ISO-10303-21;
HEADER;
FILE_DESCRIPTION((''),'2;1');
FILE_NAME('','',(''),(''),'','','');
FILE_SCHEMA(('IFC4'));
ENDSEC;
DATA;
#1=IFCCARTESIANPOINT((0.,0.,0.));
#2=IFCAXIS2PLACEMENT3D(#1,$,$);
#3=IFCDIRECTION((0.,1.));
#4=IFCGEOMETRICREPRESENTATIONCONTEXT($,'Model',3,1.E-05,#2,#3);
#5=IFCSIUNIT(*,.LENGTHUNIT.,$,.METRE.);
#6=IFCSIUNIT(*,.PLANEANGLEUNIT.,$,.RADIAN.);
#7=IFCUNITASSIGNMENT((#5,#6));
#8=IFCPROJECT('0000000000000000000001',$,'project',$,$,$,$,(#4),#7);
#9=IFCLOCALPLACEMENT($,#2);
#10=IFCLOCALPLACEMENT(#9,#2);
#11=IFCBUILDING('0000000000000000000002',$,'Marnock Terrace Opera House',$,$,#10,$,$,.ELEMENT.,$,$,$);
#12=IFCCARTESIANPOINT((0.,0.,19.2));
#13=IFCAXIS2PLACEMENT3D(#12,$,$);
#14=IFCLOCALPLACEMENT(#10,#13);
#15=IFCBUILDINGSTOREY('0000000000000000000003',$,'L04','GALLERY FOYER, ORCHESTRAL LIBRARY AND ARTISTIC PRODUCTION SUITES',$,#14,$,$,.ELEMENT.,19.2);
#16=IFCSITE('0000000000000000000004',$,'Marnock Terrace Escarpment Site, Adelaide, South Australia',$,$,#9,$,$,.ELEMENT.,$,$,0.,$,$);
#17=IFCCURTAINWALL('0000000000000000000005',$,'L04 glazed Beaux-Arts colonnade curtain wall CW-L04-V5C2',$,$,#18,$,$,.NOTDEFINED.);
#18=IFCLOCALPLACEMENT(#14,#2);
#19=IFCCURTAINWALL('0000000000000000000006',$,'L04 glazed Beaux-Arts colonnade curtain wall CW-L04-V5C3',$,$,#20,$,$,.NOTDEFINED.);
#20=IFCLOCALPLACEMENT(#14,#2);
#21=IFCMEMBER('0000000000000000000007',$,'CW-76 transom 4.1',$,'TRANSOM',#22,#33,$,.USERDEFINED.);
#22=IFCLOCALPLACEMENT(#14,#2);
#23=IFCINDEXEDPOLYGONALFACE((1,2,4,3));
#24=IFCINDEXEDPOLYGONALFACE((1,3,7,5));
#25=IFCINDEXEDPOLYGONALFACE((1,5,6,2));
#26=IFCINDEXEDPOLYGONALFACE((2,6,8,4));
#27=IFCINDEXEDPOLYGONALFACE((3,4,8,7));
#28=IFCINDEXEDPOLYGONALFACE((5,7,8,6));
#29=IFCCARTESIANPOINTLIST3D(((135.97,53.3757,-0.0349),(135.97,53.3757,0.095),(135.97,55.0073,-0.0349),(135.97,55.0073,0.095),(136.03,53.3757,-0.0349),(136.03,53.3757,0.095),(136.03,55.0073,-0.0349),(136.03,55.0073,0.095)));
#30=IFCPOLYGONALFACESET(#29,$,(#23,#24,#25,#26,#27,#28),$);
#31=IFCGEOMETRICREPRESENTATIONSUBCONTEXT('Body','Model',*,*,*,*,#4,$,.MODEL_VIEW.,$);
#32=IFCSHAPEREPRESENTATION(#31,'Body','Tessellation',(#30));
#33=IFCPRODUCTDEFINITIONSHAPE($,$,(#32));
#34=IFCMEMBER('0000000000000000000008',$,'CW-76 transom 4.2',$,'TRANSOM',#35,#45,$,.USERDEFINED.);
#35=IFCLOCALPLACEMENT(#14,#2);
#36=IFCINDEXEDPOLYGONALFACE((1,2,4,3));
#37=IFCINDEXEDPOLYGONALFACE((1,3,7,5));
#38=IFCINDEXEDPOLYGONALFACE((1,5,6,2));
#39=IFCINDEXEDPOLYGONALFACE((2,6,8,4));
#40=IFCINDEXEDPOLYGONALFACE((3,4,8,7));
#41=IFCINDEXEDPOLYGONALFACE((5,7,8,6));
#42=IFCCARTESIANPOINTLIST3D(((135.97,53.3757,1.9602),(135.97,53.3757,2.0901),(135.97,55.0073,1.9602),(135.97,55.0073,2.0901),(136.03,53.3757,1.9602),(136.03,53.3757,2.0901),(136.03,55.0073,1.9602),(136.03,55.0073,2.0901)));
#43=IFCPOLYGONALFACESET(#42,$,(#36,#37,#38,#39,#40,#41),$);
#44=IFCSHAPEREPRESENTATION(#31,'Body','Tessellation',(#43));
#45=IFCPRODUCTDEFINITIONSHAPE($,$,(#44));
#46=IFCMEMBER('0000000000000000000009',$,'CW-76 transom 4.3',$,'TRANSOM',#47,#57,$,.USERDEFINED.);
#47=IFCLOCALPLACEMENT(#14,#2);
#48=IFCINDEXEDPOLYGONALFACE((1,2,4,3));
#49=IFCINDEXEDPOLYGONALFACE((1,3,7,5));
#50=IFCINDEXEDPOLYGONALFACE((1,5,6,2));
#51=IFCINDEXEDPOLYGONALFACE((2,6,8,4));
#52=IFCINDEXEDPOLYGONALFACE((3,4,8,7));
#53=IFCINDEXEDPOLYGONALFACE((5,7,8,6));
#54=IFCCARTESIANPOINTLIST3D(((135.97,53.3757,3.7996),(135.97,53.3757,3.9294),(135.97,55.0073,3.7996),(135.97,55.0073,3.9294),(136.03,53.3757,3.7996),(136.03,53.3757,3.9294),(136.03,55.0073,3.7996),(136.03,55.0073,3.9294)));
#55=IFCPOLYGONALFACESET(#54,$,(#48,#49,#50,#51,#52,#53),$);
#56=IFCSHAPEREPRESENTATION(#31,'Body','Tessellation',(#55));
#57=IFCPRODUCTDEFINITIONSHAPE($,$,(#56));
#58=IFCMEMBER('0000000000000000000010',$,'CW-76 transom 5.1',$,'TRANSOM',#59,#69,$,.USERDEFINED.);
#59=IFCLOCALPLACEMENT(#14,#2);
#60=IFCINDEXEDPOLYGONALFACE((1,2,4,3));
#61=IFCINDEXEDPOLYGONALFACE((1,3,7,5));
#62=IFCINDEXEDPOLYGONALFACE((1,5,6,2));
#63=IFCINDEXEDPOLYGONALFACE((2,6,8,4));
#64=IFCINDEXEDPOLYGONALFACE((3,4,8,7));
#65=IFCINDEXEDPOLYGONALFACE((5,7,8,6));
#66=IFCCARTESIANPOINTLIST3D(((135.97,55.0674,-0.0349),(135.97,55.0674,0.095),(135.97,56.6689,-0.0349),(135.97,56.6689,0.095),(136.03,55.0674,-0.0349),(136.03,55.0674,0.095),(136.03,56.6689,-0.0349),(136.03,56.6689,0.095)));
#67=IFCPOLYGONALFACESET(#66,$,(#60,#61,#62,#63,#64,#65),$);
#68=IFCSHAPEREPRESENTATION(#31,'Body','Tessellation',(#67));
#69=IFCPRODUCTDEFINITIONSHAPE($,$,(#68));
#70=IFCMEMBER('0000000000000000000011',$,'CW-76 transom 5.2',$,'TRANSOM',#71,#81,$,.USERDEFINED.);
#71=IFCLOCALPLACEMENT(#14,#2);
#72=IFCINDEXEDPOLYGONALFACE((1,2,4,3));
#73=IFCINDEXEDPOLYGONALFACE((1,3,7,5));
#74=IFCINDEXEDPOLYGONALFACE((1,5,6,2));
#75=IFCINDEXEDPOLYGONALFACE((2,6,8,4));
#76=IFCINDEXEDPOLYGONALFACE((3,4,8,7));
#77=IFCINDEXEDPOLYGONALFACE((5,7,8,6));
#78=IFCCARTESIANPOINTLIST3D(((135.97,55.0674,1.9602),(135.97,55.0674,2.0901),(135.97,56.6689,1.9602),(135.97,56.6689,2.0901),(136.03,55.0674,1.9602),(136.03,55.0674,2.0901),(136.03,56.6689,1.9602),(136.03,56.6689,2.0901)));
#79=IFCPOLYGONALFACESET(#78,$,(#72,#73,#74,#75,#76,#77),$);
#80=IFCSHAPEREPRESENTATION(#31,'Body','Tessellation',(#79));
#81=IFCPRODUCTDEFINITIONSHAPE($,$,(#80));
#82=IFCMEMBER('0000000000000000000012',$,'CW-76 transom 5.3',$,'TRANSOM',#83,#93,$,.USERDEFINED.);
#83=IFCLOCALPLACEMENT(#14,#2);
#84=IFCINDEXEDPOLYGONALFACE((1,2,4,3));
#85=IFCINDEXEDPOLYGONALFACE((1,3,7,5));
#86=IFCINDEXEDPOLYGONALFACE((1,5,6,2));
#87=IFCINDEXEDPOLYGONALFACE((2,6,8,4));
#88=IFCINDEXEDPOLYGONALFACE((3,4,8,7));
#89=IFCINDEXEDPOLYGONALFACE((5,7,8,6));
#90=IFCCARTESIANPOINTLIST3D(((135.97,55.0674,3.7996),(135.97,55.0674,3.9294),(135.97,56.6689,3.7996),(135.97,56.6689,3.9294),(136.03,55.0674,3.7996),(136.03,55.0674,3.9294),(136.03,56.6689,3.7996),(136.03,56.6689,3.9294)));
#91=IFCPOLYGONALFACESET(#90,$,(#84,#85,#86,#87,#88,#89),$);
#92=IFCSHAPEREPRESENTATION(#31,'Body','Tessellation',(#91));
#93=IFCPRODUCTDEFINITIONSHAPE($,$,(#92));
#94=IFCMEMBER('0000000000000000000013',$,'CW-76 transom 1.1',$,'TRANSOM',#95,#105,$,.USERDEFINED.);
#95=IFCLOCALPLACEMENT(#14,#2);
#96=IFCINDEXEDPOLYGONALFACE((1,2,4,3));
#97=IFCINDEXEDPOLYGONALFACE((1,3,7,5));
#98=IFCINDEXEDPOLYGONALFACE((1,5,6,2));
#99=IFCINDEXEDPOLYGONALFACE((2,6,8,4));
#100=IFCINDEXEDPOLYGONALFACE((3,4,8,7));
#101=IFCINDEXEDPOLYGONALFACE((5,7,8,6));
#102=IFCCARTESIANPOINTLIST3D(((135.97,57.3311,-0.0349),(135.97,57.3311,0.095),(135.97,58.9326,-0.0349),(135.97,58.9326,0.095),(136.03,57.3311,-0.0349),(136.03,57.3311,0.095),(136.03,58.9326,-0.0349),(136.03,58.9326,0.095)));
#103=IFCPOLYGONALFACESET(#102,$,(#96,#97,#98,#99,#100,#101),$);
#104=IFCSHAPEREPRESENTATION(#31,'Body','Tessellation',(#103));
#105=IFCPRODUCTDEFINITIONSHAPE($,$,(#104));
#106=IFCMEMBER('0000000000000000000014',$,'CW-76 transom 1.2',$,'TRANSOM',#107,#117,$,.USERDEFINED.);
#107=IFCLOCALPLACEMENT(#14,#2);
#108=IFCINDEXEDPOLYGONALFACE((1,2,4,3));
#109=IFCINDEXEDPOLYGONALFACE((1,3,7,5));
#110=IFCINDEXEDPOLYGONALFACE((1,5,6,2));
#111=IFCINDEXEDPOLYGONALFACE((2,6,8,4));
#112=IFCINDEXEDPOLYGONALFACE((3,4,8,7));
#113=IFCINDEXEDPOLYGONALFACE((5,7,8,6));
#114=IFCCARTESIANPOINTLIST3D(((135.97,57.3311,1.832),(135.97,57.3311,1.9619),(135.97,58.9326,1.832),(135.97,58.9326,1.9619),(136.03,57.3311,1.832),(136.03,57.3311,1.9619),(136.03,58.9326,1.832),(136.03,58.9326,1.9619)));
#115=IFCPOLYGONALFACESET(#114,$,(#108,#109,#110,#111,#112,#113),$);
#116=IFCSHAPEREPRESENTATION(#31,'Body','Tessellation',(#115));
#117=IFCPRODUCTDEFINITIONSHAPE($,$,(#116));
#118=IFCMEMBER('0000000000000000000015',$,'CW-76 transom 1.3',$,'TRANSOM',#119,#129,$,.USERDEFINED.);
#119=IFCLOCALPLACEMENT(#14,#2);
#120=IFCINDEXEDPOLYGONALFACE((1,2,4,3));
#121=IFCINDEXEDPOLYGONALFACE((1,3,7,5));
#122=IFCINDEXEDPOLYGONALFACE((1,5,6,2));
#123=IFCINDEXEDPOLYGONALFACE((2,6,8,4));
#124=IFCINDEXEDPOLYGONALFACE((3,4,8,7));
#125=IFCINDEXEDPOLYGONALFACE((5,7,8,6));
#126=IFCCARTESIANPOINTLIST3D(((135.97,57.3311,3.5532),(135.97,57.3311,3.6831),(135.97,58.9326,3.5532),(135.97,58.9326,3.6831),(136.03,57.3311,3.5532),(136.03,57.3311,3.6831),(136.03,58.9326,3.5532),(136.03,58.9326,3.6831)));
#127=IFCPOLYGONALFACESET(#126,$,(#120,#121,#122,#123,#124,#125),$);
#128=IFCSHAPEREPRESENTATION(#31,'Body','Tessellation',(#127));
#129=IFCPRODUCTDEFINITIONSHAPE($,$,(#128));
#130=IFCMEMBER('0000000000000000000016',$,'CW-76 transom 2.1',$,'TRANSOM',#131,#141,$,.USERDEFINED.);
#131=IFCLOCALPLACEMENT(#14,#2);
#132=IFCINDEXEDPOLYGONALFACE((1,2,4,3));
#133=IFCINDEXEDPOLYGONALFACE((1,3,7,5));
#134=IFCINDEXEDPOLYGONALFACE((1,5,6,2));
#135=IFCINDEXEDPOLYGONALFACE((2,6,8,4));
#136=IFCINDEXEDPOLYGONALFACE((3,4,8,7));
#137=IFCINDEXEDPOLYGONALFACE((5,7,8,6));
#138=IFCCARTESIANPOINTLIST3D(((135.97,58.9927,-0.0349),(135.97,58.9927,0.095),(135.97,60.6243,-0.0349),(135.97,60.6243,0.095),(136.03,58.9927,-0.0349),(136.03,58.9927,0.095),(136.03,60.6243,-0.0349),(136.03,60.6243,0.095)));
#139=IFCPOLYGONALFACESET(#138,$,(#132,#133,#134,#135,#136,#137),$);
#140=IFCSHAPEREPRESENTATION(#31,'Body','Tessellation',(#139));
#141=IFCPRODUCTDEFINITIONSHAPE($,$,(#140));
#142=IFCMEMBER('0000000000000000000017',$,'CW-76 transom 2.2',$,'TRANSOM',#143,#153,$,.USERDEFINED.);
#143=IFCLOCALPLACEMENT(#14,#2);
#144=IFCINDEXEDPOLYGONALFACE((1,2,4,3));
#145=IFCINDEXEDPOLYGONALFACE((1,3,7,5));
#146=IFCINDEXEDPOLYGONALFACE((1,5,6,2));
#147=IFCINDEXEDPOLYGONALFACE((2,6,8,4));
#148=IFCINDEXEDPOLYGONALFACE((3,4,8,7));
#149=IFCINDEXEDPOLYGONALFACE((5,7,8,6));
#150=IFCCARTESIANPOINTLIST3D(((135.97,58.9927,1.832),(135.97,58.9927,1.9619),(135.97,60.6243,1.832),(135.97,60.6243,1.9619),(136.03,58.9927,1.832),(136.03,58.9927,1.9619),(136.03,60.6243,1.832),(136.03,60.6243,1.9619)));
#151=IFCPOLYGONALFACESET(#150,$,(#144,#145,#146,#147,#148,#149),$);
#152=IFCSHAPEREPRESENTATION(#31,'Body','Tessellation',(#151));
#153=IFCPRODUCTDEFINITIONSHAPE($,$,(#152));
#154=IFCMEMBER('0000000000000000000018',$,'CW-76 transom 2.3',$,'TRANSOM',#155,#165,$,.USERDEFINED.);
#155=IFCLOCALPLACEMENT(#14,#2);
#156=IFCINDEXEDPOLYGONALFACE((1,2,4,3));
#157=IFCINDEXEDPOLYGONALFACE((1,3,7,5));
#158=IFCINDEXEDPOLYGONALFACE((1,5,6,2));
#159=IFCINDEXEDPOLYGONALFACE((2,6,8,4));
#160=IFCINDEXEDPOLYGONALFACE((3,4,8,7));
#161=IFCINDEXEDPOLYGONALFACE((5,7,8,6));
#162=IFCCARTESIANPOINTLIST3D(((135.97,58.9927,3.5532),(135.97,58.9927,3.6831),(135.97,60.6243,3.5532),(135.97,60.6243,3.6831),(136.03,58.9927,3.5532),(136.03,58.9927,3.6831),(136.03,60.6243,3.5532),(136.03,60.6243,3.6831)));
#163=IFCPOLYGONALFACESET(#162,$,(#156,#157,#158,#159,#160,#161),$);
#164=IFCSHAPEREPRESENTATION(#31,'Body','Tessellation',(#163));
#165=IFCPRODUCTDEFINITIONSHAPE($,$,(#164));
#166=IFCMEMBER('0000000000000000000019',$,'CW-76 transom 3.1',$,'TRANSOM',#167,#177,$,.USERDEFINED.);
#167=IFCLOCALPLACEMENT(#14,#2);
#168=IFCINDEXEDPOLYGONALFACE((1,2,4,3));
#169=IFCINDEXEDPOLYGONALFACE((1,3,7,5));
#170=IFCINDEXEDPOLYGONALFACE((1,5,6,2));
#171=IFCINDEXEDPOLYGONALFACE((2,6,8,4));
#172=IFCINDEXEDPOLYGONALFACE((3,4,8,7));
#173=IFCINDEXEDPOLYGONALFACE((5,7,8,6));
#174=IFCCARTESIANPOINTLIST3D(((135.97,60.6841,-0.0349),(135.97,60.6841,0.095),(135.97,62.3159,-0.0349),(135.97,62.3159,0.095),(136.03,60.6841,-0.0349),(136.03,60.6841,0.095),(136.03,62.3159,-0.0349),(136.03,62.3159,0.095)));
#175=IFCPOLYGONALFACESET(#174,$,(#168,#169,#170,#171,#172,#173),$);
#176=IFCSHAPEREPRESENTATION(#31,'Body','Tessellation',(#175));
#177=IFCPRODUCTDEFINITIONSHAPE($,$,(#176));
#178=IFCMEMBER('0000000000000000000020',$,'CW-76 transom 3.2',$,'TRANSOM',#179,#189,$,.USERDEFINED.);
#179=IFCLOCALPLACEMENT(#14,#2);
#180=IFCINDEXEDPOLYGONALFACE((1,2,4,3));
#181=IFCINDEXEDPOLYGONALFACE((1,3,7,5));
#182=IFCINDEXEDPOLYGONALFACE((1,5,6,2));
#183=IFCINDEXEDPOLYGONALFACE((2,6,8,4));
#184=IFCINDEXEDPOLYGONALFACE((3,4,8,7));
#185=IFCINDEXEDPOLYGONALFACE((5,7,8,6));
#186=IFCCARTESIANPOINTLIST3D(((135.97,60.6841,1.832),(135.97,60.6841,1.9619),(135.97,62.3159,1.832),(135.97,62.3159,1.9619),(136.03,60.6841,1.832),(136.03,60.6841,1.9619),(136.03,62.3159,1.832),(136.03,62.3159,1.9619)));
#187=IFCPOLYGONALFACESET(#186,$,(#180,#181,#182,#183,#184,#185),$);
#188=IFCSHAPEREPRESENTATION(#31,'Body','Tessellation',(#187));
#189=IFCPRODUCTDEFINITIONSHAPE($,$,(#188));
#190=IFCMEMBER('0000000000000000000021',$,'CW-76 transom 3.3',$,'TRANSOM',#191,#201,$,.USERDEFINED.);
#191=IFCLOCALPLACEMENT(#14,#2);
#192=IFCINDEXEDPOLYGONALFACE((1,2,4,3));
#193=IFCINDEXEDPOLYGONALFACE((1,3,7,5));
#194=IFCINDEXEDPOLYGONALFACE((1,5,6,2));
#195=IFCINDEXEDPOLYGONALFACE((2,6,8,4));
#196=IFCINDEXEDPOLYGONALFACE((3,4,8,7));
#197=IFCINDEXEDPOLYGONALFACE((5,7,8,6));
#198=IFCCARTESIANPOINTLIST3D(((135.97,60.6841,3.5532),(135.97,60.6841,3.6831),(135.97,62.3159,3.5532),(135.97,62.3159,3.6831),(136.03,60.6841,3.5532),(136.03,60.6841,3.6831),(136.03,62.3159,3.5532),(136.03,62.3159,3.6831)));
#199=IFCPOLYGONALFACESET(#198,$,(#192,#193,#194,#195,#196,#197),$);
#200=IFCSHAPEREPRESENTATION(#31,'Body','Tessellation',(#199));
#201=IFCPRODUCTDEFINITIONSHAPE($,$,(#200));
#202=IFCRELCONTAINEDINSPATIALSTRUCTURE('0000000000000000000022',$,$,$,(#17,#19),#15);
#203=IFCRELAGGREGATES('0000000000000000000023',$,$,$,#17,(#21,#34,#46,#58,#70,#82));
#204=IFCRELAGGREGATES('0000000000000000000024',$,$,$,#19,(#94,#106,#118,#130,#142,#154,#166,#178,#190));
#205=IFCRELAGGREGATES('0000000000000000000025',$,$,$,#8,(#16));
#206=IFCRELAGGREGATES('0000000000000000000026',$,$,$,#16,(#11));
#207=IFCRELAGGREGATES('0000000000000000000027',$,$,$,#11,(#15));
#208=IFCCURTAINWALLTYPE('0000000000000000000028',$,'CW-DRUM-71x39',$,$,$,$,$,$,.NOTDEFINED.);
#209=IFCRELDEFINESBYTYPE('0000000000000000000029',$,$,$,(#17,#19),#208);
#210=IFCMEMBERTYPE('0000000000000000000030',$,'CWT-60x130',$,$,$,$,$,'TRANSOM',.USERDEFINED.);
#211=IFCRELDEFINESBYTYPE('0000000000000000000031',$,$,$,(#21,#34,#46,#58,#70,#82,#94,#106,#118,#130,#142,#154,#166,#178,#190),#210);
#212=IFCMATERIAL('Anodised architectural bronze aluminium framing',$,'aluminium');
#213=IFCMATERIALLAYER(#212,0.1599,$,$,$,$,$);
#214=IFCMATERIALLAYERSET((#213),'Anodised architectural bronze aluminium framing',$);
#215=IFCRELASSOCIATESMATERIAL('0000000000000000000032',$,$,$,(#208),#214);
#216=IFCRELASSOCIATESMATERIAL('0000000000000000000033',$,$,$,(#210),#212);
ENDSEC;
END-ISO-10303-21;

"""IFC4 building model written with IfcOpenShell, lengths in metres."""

from ifc_helpers import new_model, si_unit, direction, frame, origin, origin_2d, place, context, subcontext, project, spatial, rectangle, extrude, material, layer, layer_set, material_profile, profile_set, type_object, element, aggregate, save


model = new_model("IFC4")

# Units and contexts
model_context = context("Model", 3, precision=1e-05, world=origin(), true_north=direction((0.0, 1.0)))
body_context = subcontext(model_context, "Body", "Model", "MODEL_VIEW")
ifc_project = project(units=[si_unit("LENGTHUNIT", "METRE"), si_unit("PLANEANGLEUNIT", "RADIAN")], contexts=[model_context])

# Site, building, storey
site_placement = place(None, origin())
site = spatial("IfcSite", under=ifc_project, at=site_placement, Name="Marnock Terrace Escarpment Site, Adelaide, South Australia", CompositionType="ELEMENT", RefElevation=0.0)
building_placement = place(site_placement, origin())
building = spatial("IfcBuilding", under=site, at=building_placement, Name="Marnock Terrace Opera House", CompositionType="ELEMENT")
storey_placement = place(building_placement, frame((0.0, 0.0, 19.2)))
storey = spatial("IfcBuildingStorey", under=building, at=storey_placement, Name="L04", Description="GALLERY FOYER, ORCHESTRAL LIBRARY AND ARTISTIC PRODUCTION SUITES", CompositionType="ELEMENT", Elevation=19.2)

# Curtain walls
ifc_material_1 = material(Name="Anodised architectural bronze aluminium framing", Category="aluminium")
ifc_layer_1 = layer(ifc_material_1, 0.1599)
ifc_layer_set_1 = layer_set([ifc_layer_1], Name="Anodised architectural bronze aluminium framing")
curtain_wall_type = type_object("IfcCurtainWallType", Name="CW-DRUM-71x39", PredefinedType="NOTDEFINED", material=ifc_layer_set_1)
curtain_wall_1_placement = place(storey_placement, origin())
curtain_wall_1 = element("IfcCurtainWall", 1, at=curtain_wall_1_placement, inside=storey, type_object=curtain_wall_type, Name="L04 glazed Beaux-Arts colonnade curtain wall CW-L04-V5C2", PredefinedType="NOTDEFINED")
curtain_wall_2_placement = place(storey_placement, origin())
curtain_wall_2 = element("IfcCurtainWall", 2, at=curtain_wall_2_placement, inside=storey, type_object=curtain_wall_type, Name="L04 glazed Beaux-Arts colonnade curtain wall CW-L04-V5C3", PredefinedType="NOTDEFINED")

# Members
ifc_material_profile_1 = material_profile(ifc_material_1, rectangle(XDim=0.0601, YDim=0.1299, at=origin_2d()))
ifc_profile_set_1 = profile_set([ifc_material_profile_1], Name="Anodised architectural bronze aluminium framing")
member_type_1 = type_object("IfcMemberType", Name="CWT-60x130", ElementType="TRANSOM", PredefinedType="USERDEFINED", material=ifc_profile_set_1)
member_1_placement = place(storey_placement, frame((136.0, 53.3757, 0.03), z_axis=(0.0, 1.0, 0.0), x_axis=(-1.0, 0.0, 0.0)))
member_1 = element("IfcMember", 3, at=member_1_placement, type_object=member_type_1, Name="CW-76 transom 4.1", ObjectType="TRANSOM", PredefinedType="USERDEFINED", context=body_context, shape_type="SweptSolid", body=[
    extrude(rectangle(XDim=0.0601, YDim=0.1299, at=origin_2d()), origin(), (0.0, 0.0, 1.0), 1.6316),
])
member_2_placement = place(storey_placement, frame((136.0, 53.3757, 2.0251), z_axis=(0.0, 1.0, 0.0), x_axis=(-1.0, 0.0, 0.0)))
member_2 = element("IfcMember", 4, at=member_2_placement, type_object=member_type_1, Name="CW-76 transom 4.2", ObjectType="TRANSOM", PredefinedType="USERDEFINED", context=body_context, shape_type="SweptSolid", body=[
    extrude(rectangle(XDim=0.0601, YDim=0.1299, at=origin_2d()), origin(), (0.0, 0.0, 1.0), 1.6316),
])
member_3_placement = place(storey_placement, frame((136.0, 53.3757, 3.8645), z_axis=(0.0, 1.0, 0.0), x_axis=(-1.0, 0.0, 0.0)))
member_3 = element("IfcMember", 5, at=member_3_placement, type_object=member_type_1, Name="CW-76 transom 4.3", ObjectType="TRANSOM", PredefinedType="USERDEFINED", context=body_context, shape_type="SweptSolid", body=[
    extrude(rectangle(XDim=0.0601, YDim=0.1299, at=origin_2d()), origin(), (0.0, 0.0, 1.0), 1.6316),
])
member_4_placement = place(storey_placement, frame((136.0, 55.0674, 0.03), z_axis=(0.0, 1.0, 0.0), x_axis=(-1.0, 0.0, 0.0)))
member_4 = element("IfcMember", 6, at=member_4_placement, type_object=member_type_1, Name="CW-76 transom 5.1", ObjectType="TRANSOM", PredefinedType="USERDEFINED", context=body_context, shape_type="SweptSolid", body=[
    extrude(rectangle(XDim=0.0601, YDim=0.1299, at=origin_2d()), origin(), (0.0, 0.0, 1.0), 1.6016),
])
member_5_placement = place(storey_placement, frame((136.0, 55.0674, 2.0251), z_axis=(0.0, 1.0, 0.0), x_axis=(-1.0, 0.0, 0.0)))
member_5 = element("IfcMember", 7, at=member_5_placement, type_object=member_type_1, Name="CW-76 transom 5.2", ObjectType="TRANSOM", PredefinedType="USERDEFINED", context=body_context, shape_type="SweptSolid", body=[
    extrude(rectangle(XDim=0.0601, YDim=0.1299, at=origin_2d()), origin(), (0.0, 0.0, 1.0), 1.6016),
])
member_6_placement = place(storey_placement, frame((136.0, 55.0674, 3.8645), z_axis=(0.0, 1.0, 0.0), x_axis=(-1.0, 0.0, 0.0)))
member_6 = element("IfcMember", 8, at=member_6_placement, type_object=member_type_1, Name="CW-76 transom 5.3", ObjectType="TRANSOM", PredefinedType="USERDEFINED", context=body_context, shape_type="SweptSolid", body=[
    extrude(rectangle(XDim=0.0601, YDim=0.1299, at=origin_2d()), origin(), (0.0, 0.0, 1.0), 1.6016),
])
member_7_placement = place(storey_placement, frame((136.0, 57.3311, 0.03), z_axis=(0.0, 1.0, 0.0), x_axis=(-1.0, 0.0, 0.0)))
member_7 = element("IfcMember", 9, at=member_7_placement, type_object=member_type_1, Name="CW-76 transom 1.1", ObjectType="TRANSOM", PredefinedType="USERDEFINED", context=body_context, shape_type="SweptSolid", body=[
    extrude(rectangle(XDim=0.0601, YDim=0.1299, at=origin_2d()), origin(), (0.0, 0.0, 1.0), 1.6016),
])
member_8_placement = place(storey_placement, frame((136.0, 57.3311, 1.897), z_axis=(0.0, 1.0, 0.0), x_axis=(-1.0, 0.0, 0.0)))
member_8 = element("IfcMember", 10, at=member_8_placement, type_object=member_type_1, Name="CW-76 transom 1.2", ObjectType="TRANSOM", PredefinedType="USERDEFINED", context=body_context, shape_type="SweptSolid", body=[
    extrude(rectangle(XDim=0.0601, YDim=0.1299, at=origin_2d()), origin(), (0.0, 0.0, 1.0), 1.6016),
])
member_9_placement = place(storey_placement, frame((136.0, 57.3311, 3.6182), z_axis=(0.0, 1.0, 0.0), x_axis=(-1.0, 0.0, 0.0)))
member_9 = element("IfcMember", 11, at=member_9_placement, type_object=member_type_1, Name="CW-76 transom 1.3", ObjectType="TRANSOM", PredefinedType="USERDEFINED", context=body_context, shape_type="SweptSolid", body=[
    extrude(rectangle(XDim=0.0601, YDim=0.1299, at=origin_2d()), origin(), (0.0, 0.0, 1.0), 1.6016),
])
member_10_placement = place(storey_placement, frame((136.0, 58.9927, 0.03), z_axis=(0.0, 1.0, 0.0), x_axis=(-1.0, 0.0, 0.0)))
member_10 = element("IfcMember", 12, at=member_10_placement, type_object=member_type_1, Name="CW-76 transom 2.1", ObjectType="TRANSOM", PredefinedType="USERDEFINED", context=body_context, shape_type="SweptSolid", body=[
    extrude(rectangle(XDim=0.0601, YDim=0.1299, at=origin_2d()), origin(), (0.0, 0.0, 1.0), 1.6316),
])
member_11_placement = place(storey_placement, frame((136.0, 58.9927, 1.897), z_axis=(0.0, 1.0, 0.0), x_axis=(-1.0, 0.0, 0.0)))
member_11 = element("IfcMember", 13, at=member_11_placement, type_object=member_type_1, Name="CW-76 transom 2.2", ObjectType="TRANSOM", PredefinedType="USERDEFINED", context=body_context, shape_type="SweptSolid", body=[
    extrude(rectangle(XDim=0.0601, YDim=0.1299, at=origin_2d()), origin(), (0.0, 0.0, 1.0), 1.6316),
])
member_12_placement = place(storey_placement, frame((136.0, 58.9927, 3.6182), z_axis=(0.0, 1.0, 0.0), x_axis=(-1.0, 0.0, 0.0)))
member_12 = element("IfcMember", 14, at=member_12_placement, type_object=member_type_1, Name="CW-76 transom 2.3", ObjectType="TRANSOM", PredefinedType="USERDEFINED", context=body_context, shape_type="SweptSolid", body=[
    extrude(rectangle(XDim=0.0601, YDim=0.1299, at=origin_2d()), origin(), (0.0, 0.0, 1.0), 1.6316),
])
member_13_placement = place(storey_placement, frame((136.0, 60.6841, 0.03), z_axis=(0.0, 1.0, 0.0), x_axis=(-1.0, 0.0, 0.0)))
member_13 = element("IfcMember", 15, at=member_13_placement, type_object=member_type_1, Name="CW-76 transom 3.1", ObjectType="TRANSOM", PredefinedType="USERDEFINED", context=body_context, shape_type="SweptSolid", body=[
    extrude(rectangle(XDim=0.0601, YDim=0.1299, at=origin_2d()), origin(), (0.0, 0.0, 1.0), 1.6318),
])
member_14_placement = place(storey_placement, frame((136.0, 60.6841, 1.897), z_axis=(0.0, 1.0, 0.0), x_axis=(-1.0, 0.0, 0.0)))
member_14 = element("IfcMember", 16, at=member_14_placement, type_object=member_type_1, Name="CW-76 transom 3.2", ObjectType="TRANSOM", PredefinedType="USERDEFINED", context=body_context, shape_type="SweptSolid", body=[
    extrude(rectangle(XDim=0.0601, YDim=0.1299, at=origin_2d()), origin(), (0.0, 0.0, 1.0), 1.6318),
])
member_15_placement = place(storey_placement, frame((136.0, 60.6841, 3.6182), z_axis=(0.0, 1.0, 0.0), x_axis=(-1.0, 0.0, 0.0)))
member_15 = element("IfcMember", 17, at=member_15_placement, type_object=member_type_1, Name="CW-76 transom 3.3", ObjectType="TRANSOM", PredefinedType="USERDEFINED", context=body_context, shape_type="SweptSolid", body=[
    extrude(rectangle(XDim=0.0601, YDim=0.1299, at=origin_2d()), origin(), (0.0, 0.0, 1.0), 1.6318),
])

aggregate(curtain_wall_1, [member_1, member_2, member_3, member_4, member_5, member_6])
aggregate(curtain_wall_2, [member_7, member_8, member_9, member_10, member_11, member_12, member_13, member_14, member_15])

save(model, "model.ifc")
